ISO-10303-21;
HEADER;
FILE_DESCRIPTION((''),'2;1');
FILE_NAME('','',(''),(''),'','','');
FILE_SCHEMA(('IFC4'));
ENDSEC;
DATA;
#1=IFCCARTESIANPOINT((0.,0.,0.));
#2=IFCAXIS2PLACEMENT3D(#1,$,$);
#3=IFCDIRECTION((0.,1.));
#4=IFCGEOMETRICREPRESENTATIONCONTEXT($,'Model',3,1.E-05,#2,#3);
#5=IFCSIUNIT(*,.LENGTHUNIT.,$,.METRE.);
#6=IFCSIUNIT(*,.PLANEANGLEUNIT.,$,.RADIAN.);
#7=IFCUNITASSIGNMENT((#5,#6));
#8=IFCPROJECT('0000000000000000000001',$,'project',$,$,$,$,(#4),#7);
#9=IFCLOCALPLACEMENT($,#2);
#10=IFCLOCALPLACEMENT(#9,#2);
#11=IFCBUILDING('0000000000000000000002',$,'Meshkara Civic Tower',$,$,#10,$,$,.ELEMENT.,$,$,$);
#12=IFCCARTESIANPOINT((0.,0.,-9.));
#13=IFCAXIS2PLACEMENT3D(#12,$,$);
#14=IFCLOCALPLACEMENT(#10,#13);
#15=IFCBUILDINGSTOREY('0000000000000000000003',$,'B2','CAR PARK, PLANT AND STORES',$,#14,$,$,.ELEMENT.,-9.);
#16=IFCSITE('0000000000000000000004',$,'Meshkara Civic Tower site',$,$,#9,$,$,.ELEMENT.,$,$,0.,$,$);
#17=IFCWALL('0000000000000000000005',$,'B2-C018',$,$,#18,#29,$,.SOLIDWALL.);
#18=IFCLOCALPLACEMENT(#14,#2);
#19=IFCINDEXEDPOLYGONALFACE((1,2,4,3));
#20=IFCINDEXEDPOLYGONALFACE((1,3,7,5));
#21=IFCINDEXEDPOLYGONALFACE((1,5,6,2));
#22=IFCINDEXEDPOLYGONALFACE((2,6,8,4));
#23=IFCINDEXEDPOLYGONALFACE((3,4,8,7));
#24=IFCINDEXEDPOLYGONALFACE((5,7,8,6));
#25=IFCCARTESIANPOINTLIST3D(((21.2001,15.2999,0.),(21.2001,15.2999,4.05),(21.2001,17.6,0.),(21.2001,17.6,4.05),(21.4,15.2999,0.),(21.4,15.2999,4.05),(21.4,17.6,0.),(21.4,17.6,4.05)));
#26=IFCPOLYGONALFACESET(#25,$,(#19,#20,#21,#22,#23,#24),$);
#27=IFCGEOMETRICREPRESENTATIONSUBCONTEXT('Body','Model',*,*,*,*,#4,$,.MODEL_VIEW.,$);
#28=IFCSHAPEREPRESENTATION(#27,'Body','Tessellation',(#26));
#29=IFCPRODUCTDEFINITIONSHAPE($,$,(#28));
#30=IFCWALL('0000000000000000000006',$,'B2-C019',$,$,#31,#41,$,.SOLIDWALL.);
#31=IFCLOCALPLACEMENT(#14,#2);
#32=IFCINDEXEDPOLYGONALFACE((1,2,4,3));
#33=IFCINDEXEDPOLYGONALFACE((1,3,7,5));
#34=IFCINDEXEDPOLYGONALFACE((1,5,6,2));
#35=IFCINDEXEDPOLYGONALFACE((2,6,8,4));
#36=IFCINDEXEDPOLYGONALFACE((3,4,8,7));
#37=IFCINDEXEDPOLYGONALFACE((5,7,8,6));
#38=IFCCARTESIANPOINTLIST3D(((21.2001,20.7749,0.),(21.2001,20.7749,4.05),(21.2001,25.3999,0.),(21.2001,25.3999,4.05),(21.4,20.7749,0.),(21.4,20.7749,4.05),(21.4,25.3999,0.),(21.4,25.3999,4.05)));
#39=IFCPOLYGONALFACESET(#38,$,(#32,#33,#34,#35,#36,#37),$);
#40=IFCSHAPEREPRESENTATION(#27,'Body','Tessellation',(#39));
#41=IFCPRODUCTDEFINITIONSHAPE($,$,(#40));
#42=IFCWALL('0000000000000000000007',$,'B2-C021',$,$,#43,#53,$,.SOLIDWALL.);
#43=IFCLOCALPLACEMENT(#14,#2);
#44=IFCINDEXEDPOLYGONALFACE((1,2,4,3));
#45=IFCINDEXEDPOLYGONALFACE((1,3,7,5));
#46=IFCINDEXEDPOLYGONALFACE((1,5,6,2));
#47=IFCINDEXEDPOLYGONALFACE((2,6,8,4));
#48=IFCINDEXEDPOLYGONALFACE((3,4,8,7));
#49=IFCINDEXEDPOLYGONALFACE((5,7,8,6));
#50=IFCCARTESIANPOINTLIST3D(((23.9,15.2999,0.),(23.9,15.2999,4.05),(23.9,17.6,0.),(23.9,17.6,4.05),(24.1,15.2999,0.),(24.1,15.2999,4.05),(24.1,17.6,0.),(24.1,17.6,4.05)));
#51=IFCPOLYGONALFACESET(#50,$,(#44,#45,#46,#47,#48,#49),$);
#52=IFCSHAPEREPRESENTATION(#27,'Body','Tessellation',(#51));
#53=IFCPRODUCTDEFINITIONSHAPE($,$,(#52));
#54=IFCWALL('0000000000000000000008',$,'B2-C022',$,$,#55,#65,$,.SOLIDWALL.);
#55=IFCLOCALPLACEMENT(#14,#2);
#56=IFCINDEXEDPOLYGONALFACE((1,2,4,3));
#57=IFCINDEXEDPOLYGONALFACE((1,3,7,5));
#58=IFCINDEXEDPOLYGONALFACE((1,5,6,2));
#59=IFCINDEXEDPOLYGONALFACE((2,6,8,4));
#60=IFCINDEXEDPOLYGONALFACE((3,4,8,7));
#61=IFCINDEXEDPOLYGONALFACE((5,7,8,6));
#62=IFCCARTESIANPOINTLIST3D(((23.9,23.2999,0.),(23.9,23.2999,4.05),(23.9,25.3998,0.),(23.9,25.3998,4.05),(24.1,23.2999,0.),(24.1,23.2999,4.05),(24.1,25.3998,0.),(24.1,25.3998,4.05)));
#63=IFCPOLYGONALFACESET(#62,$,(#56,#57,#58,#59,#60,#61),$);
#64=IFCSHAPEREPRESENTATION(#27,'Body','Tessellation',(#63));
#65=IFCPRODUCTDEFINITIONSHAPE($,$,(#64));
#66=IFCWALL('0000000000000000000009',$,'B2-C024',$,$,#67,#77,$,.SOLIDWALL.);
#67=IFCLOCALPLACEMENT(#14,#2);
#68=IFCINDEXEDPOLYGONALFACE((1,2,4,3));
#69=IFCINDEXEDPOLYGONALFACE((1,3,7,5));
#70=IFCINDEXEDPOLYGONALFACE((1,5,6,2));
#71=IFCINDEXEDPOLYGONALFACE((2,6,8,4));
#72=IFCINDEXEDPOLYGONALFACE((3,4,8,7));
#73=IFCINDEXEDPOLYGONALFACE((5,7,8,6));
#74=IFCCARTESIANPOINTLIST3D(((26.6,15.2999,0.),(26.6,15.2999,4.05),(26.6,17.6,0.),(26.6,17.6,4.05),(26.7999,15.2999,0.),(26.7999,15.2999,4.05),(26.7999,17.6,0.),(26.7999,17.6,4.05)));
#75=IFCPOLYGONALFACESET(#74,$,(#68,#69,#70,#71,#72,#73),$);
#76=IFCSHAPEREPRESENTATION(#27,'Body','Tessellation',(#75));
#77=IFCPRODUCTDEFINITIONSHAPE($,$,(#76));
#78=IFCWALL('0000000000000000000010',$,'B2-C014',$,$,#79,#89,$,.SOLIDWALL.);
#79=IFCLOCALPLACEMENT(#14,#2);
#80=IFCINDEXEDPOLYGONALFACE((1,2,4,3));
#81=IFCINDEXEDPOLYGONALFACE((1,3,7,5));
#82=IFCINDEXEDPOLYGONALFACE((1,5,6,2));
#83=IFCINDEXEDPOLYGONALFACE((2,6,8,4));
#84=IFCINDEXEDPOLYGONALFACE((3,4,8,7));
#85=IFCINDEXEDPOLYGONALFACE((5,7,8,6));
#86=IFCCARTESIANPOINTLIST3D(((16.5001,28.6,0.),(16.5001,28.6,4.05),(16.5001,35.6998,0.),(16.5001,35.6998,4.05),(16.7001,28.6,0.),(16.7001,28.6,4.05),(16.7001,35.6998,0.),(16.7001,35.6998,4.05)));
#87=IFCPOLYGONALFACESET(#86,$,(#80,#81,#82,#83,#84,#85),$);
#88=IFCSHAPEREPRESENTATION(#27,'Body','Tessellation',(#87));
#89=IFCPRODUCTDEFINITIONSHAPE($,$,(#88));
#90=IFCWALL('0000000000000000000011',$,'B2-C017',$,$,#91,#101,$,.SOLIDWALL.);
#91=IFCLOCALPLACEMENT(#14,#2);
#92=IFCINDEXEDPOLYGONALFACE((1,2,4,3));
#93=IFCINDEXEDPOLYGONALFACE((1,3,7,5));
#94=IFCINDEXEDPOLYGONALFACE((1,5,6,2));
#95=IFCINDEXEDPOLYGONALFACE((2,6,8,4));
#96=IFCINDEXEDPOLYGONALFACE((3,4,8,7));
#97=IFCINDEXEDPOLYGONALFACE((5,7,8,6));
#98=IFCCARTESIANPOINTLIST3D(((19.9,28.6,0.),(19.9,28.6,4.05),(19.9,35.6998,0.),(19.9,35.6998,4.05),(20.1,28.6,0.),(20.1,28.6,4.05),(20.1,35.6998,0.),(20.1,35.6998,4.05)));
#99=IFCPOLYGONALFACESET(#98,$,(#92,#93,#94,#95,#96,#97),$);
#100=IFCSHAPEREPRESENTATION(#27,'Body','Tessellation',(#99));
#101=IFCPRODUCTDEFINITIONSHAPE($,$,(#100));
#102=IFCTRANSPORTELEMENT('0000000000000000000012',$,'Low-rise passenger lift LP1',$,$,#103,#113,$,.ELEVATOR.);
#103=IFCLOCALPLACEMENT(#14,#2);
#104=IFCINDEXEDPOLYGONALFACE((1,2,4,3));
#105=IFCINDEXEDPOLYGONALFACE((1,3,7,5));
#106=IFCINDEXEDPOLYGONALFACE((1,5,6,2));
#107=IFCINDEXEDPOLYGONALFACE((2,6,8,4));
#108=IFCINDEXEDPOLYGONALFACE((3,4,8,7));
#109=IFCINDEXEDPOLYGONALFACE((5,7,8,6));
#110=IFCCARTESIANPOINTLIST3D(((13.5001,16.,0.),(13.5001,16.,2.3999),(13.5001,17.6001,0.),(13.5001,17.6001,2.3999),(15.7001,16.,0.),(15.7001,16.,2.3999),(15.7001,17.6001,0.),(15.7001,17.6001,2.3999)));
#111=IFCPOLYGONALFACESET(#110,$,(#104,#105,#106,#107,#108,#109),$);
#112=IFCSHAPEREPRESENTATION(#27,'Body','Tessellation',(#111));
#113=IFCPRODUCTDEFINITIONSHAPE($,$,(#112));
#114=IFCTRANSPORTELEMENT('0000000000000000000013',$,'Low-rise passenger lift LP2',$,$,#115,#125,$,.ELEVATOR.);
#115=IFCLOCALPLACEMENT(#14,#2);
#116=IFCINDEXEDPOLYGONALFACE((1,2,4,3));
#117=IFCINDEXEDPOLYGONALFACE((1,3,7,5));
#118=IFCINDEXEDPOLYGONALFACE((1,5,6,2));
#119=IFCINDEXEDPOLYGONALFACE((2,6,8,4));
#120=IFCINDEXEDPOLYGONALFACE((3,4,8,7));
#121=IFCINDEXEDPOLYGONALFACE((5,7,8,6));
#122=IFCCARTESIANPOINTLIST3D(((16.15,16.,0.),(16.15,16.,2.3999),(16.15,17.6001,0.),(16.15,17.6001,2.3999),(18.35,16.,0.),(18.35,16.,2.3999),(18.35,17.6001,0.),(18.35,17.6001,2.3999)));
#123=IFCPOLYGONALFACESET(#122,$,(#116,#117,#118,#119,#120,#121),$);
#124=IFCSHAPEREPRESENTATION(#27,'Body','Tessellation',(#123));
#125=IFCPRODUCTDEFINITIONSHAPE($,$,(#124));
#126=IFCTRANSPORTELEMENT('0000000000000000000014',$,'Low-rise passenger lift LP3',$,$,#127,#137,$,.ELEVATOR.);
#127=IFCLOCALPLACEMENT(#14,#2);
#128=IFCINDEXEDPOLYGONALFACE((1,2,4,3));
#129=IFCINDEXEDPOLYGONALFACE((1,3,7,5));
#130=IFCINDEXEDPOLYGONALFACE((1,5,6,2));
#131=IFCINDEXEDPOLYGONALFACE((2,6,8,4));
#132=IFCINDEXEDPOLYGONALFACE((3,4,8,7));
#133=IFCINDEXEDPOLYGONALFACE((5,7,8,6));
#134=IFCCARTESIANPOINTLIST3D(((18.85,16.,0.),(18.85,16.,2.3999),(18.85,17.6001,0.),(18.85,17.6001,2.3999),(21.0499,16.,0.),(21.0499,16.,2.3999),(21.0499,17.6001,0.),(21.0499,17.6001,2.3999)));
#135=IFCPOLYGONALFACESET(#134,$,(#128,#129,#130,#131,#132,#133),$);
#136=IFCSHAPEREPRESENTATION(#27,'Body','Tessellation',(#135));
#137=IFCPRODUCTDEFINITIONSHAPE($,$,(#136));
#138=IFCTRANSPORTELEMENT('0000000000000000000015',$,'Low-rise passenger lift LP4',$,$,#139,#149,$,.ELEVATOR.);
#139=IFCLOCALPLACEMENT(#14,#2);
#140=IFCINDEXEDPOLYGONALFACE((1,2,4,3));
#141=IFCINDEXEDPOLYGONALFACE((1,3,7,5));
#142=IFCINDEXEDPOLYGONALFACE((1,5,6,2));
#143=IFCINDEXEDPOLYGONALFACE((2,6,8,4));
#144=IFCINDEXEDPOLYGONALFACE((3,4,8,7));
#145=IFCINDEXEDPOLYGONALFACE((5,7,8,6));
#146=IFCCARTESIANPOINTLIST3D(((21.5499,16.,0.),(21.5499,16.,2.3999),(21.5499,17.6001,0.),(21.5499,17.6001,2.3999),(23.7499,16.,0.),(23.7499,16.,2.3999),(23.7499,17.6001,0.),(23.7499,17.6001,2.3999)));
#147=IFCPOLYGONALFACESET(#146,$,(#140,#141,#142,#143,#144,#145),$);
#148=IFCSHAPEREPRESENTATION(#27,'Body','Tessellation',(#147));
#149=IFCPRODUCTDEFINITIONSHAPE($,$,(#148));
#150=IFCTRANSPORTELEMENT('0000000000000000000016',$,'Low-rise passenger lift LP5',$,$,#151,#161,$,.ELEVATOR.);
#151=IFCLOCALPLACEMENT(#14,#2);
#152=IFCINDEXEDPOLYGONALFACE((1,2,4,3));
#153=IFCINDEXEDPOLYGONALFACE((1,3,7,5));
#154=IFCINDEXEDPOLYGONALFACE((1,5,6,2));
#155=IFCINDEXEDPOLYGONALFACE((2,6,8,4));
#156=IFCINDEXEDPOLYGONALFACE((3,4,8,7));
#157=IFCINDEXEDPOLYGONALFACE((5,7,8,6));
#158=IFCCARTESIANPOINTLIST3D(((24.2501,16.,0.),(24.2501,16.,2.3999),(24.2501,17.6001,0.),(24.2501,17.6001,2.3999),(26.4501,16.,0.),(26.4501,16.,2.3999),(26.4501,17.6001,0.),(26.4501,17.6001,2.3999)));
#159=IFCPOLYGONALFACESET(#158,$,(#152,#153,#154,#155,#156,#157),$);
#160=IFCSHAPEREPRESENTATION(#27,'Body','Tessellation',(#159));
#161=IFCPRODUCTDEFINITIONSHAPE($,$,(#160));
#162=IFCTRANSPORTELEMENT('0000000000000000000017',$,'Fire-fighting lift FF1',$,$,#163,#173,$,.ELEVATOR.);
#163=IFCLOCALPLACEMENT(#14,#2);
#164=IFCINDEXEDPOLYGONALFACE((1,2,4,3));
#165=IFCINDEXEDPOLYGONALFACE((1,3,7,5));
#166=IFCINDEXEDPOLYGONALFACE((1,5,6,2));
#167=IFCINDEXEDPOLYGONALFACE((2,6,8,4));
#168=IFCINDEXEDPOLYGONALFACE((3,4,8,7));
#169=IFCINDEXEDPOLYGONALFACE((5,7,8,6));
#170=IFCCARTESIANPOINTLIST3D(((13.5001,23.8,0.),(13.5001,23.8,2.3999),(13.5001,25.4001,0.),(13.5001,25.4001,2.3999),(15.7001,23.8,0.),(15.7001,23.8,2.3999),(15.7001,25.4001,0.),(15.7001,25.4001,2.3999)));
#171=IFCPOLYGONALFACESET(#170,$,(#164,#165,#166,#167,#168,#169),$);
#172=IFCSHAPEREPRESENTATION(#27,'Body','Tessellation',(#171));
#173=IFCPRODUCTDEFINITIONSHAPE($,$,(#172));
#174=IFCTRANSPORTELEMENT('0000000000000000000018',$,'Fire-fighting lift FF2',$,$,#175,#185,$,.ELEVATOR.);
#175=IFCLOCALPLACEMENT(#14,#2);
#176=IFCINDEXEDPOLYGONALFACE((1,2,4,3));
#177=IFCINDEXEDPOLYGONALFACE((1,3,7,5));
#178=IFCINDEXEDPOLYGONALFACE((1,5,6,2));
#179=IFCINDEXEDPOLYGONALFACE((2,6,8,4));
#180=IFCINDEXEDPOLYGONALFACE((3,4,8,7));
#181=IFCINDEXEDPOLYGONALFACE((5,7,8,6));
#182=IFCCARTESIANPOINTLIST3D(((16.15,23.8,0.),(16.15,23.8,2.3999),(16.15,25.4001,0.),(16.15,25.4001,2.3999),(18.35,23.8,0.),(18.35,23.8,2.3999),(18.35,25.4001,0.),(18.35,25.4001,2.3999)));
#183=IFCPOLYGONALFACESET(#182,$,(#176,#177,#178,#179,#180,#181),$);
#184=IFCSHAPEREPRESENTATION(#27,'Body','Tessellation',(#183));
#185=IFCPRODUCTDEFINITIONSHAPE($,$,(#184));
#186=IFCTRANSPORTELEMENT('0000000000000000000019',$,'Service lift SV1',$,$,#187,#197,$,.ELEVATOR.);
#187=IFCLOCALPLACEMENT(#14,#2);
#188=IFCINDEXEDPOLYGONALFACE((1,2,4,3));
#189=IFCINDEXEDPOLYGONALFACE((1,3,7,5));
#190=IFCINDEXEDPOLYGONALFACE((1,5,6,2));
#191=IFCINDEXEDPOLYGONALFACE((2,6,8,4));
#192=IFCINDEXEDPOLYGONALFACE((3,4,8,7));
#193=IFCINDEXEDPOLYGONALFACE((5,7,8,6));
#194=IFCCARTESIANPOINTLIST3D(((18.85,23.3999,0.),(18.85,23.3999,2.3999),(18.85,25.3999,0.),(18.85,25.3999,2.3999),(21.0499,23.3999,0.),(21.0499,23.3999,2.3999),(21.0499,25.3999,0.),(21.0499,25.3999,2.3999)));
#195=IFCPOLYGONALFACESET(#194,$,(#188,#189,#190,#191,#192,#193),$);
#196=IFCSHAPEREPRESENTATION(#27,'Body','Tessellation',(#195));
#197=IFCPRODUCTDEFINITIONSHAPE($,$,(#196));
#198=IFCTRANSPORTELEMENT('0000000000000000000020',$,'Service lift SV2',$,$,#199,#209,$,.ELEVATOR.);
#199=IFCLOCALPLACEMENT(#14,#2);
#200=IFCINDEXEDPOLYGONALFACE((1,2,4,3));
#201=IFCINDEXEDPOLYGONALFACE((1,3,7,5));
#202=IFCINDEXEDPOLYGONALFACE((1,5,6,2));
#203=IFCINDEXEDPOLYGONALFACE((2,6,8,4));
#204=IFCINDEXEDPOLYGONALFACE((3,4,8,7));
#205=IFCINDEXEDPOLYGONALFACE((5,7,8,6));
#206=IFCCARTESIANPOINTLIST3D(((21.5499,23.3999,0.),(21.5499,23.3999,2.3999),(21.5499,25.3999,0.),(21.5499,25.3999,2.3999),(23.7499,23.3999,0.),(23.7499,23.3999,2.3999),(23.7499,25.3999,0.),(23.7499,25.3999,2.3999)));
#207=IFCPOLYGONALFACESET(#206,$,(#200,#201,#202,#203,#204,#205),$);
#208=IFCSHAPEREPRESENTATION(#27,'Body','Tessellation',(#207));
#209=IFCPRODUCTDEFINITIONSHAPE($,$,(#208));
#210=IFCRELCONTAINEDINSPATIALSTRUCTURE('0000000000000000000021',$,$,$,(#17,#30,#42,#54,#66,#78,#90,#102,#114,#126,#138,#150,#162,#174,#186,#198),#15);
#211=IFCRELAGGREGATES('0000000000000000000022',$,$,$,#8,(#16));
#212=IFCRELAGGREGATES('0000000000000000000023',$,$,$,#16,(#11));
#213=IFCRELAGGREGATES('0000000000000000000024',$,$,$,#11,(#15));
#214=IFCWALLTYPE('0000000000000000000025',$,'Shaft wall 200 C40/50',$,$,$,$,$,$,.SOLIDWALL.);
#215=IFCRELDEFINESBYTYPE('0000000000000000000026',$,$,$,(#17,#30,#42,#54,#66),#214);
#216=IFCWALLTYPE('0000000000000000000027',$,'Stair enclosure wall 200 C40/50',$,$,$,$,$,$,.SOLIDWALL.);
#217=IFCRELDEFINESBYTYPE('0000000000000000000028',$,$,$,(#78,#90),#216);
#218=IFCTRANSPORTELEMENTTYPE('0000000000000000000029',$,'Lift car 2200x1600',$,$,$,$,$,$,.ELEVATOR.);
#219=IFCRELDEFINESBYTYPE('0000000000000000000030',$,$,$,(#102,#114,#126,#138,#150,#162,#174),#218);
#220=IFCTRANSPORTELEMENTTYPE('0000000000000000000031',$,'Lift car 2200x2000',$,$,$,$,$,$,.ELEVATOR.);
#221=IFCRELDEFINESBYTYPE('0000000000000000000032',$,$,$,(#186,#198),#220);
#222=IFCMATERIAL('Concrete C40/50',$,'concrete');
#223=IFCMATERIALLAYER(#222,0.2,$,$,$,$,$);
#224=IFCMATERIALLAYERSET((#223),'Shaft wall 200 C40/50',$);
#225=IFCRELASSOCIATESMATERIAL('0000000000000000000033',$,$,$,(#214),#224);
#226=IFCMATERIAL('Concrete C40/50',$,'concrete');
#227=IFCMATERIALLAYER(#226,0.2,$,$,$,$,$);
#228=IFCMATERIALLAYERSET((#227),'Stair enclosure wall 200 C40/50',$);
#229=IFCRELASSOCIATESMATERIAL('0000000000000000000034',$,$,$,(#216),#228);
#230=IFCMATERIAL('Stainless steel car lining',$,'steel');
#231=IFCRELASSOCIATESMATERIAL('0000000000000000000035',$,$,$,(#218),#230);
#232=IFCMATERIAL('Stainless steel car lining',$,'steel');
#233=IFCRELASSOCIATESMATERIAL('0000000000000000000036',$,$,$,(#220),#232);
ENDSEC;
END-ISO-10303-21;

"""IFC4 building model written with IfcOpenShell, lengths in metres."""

from ifc_helpers import new_model, si_unit, direction, frame, frame_2d, origin, origin_2d, place, context, subcontext, project, spatial, rectangle, extrude, material, layer, layer_set, type_object, element, save


model = new_model("IFC4")

# Units and contexts
model_context = context("Model", 3, precision=1e-05, world=origin(), true_north=direction((0.0, 1.0)))
body_context = subcontext(model_context, "Body", "Model", "MODEL_VIEW")
ifc_project = project(units=[si_unit("LENGTHUNIT", "METRE"), si_unit("PLANEANGLEUNIT", "RADIAN")], contexts=[model_context])

# Site, building, storey
site_placement = place(None, origin())
site = spatial("IfcSite", under=ifc_project, at=site_placement, Name="Meshkara Civic Tower site", CompositionType="ELEMENT", RefElevation=0.0)
building_placement = place(site_placement, origin())
building = spatial("IfcBuilding", under=site, at=building_placement, Name="Meshkara Civic Tower", CompositionType="ELEMENT")
storey_placement = place(building_placement, frame((0.0, 0.0, -9.0)))
storey = spatial("IfcBuildingStorey", under=building, at=storey_placement, Name="B2", Description="CAR PARK, PLANT AND STORES", CompositionType="ELEMENT", Elevation=-9.0)

# Shared definitions
ifc_material_1 = material(Name="Concrete C40/50", Category="concrete")
ifc_layer_1 = layer(ifc_material_1, 0.2)
ifc_layer_set_1 = layer_set([ifc_layer_1], Name="Shaft wall 200 C40/50")
wall_type_1 = type_object("IfcWallType", Name="Shaft wall 200 C40/50", PredefinedType="SOLIDWALL", material=ifc_layer_set_1)

# Walls
wall_1_placement = place(storey_placement, frame((21.3, 15.3, 0.0), z_axis=(0.0, 0.0, 1.0), x_axis=(0.0, 1.0, 0.0)))
element("IfcWall", 1, at=wall_1_placement, inside=storey, type_object=wall_type_1, Name="B2-C018", PredefinedType="SOLIDWALL", context=body_context, shape_type="SweptSolid", body=[
    extrude(rectangle(XDim=2.3, YDim=0.2, at=frame_2d((1.1499, 0.0))), origin(), (0.0, 0.0, 1.0), 4.05),
])
wall_2_placement = place(storey_placement, frame((21.3, 20.7749, 0.0), z_axis=(0.0, 0.0, 1.0), x_axis=(0.0, 1.0, 0.0)))
element("IfcWall", 2, at=wall_2_placement, inside=storey, type_object=wall_type_1, Name="B2-C019", PredefinedType="SOLIDWALL", context=body_context, shape_type="SweptSolid", body=[
    extrude(rectangle(XDim=4.625, YDim=0.2, at=frame_2d((2.3125, 0.0))), origin(), (0.0, 0.0, 1.0), 4.05),
])
wall_3_placement = place(storey_placement, frame((24.0, 15.3, 0.0), z_axis=(0.0, 0.0, 1.0), x_axis=(0.0, 1.0, 0.0)))
element("IfcWall", 3, at=wall_3_placement, inside=storey, type_object=wall_type_1, Name="B2-C021", PredefinedType="SOLIDWALL", context=body_context, shape_type="SweptSolid", body=[
    extrude(rectangle(XDim=2.3, YDim=0.2, at=frame_2d((1.1499, 0.0))), origin(), (0.0, 0.0, 1.0), 4.05),
])
wall_4_placement = place(storey_placement, frame((24.0, 23.3, 0.0), z_axis=(0.0, 0.0, 1.0), x_axis=(0.0, 1.0, 0.0)))
element("IfcWall", 4, at=wall_4_placement, inside=storey, type_object=wall_type_1, Name="B2-C022", PredefinedType="SOLIDWALL", context=body_context, shape_type="SweptSolid", body=[
    extrude(rectangle(XDim=2.0999, YDim=0.2, at=frame_2d((1.0498, 0.0))), origin(), (0.0, 0.0, 1.0), 4.05),
])
wall_5_placement = place(storey_placement, frame((26.7, 15.3, 0.0), z_axis=(0.0, 0.0, 1.0), x_axis=(0.0, 1.0, 0.0)))
element("IfcWall", 5, at=wall_5_placement, inside=storey, type_object=wall_type_1, Name="B2-C024", PredefinedType="SOLIDWALL", context=body_context, shape_type="SweptSolid", body=[
    extrude(rectangle(XDim=2.3, YDim=0.2, at=frame_2d((1.1499, 0.0))), origin(), (0.0, 0.0, 1.0), 4.05),
])
ifc_material_2 = material(Name="Concrete C40/50", Category="concrete")
ifc_layer_2 = layer(ifc_material_2, 0.2)
ifc_layer_set_2 = layer_set([ifc_layer_2], Name="Stair enclosure wall 200 C40/50")
wall_type_2 = type_object("IfcWallType", Name="Stair enclosure wall 200 C40/50", PredefinedType="SOLIDWALL", material=ifc_layer_set_2)
for number, where, z_axis, x_axis, name in (
    (6, (16.6001, 28.6001, 0.0), (0.0, 0.0, 1.0), (0.0, 1.0, 0.0), "B2-C014"),
    (7, (20.0, 28.6001, 0.0), (0.0, 0.0, 1.0), (0.0, 1.0, 0.0), "B2-C017"),
):
    element("IfcWall", number, at=place(storey_placement, frame(where, z_axis=z_axis, x_axis=x_axis)), inside=storey, type_object=wall_type_2, Name=name, PredefinedType="SOLIDWALL", context=body_context, shape_type="SweptSolid", body=[
        extrude(rectangle(XDim=7.0999, YDim=0.2, at=frame_2d((3.5498, 0.0))), origin(), (0.0, 0.0, 1.0), 4.05),
    ])

# Transport elements
ifc_material_3 = material(Name="Stainless steel car lining", Category="steel")
transport_element_type_1 = type_object("IfcTransportElementType", Name="Lift car 2200x1600", PredefinedType="ELEVATOR", material=ifc_material_3)
for number, where, z_axis, x_axis, name in (
    (8, (14.6001, 16.8, 0.0), (0.0, 0.0, 1.0), (1.0, 0.0, 0.0), "Low-rise passenger lift LP1"),
    (9, (17.25, 16.8, 0.0), (0.0, 0.0, 1.0), (1.0, 0.0, 0.0), "Low-rise passenger lift LP2"),
    (10, (19.95, 16.8, 0.0), (0.0, 0.0, 1.0), (1.0, 0.0, 0.0), "Low-rise passenger lift LP3"),
    (11, (22.6499, 16.8, 0.0), (0.0, 0.0, 1.0), (1.0, 0.0, 0.0), "Low-rise passenger lift LP4"),
    (12, (25.3501, 16.8, 0.0), (0.0, 0.0, 1.0), (1.0, 0.0, 0.0), "Low-rise passenger lift LP5"),
    (13, (14.6001, 24.6001, 0.0), (0.0, 0.0, 1.0), (1.0, 0.0, 0.0), "Fire-fighting lift FF1"),
    (14, (17.25, 24.6001, 0.0), (0.0, 0.0, 1.0), (1.0, 0.0, 0.0), "Fire-fighting lift FF2"),
):
    element("IfcTransportElement", number, at=place(storey_placement, frame(where, z_axis=z_axis, x_axis=x_axis)), inside=storey, type_object=transport_element_type_1, Name=name, PredefinedType="ELEVATOR", context=body_context, shape_type="SweptSolid", body=[
        extrude(rectangle(XDim=2.2, YDim=1.6001, at=origin_2d()), origin(), (0.0, 0.0, 1.0), 2.3999),
    ])
ifc_material_4 = material(Name="Stainless steel car lining", Category="steel")
transport_element_type_2 = type_object("IfcTransportElementType", Name="Lift car 2200x2000", PredefinedType="ELEVATOR", material=ifc_material_4)
for number, where, z_axis, x_axis, name in (
    (15, (19.95, 24.3999, 0.0), (0.0, 0.0, 1.0), (1.0, 0.0, 0.0), "Service lift SV1"),
    (16, (22.6499, 24.3999, 0.0), (0.0, 0.0, 1.0), (1.0, 0.0, 0.0), "Service lift SV2"),
):
    element("IfcTransportElement", number, at=place(storey_placement, frame(where, z_axis=z_axis, x_axis=x_axis)), inside=storey, type_object=transport_element_type_2, Name=name, PredefinedType="ELEVATOR", context=body_context, shape_type="SweptSolid", body=[
        extrude(rectangle(XDim=2.2, YDim=2.0, at=origin_2d()), origin(), (0.0, 0.0, 1.0), 2.3999),
    ])

save(model, "model.ifc")
